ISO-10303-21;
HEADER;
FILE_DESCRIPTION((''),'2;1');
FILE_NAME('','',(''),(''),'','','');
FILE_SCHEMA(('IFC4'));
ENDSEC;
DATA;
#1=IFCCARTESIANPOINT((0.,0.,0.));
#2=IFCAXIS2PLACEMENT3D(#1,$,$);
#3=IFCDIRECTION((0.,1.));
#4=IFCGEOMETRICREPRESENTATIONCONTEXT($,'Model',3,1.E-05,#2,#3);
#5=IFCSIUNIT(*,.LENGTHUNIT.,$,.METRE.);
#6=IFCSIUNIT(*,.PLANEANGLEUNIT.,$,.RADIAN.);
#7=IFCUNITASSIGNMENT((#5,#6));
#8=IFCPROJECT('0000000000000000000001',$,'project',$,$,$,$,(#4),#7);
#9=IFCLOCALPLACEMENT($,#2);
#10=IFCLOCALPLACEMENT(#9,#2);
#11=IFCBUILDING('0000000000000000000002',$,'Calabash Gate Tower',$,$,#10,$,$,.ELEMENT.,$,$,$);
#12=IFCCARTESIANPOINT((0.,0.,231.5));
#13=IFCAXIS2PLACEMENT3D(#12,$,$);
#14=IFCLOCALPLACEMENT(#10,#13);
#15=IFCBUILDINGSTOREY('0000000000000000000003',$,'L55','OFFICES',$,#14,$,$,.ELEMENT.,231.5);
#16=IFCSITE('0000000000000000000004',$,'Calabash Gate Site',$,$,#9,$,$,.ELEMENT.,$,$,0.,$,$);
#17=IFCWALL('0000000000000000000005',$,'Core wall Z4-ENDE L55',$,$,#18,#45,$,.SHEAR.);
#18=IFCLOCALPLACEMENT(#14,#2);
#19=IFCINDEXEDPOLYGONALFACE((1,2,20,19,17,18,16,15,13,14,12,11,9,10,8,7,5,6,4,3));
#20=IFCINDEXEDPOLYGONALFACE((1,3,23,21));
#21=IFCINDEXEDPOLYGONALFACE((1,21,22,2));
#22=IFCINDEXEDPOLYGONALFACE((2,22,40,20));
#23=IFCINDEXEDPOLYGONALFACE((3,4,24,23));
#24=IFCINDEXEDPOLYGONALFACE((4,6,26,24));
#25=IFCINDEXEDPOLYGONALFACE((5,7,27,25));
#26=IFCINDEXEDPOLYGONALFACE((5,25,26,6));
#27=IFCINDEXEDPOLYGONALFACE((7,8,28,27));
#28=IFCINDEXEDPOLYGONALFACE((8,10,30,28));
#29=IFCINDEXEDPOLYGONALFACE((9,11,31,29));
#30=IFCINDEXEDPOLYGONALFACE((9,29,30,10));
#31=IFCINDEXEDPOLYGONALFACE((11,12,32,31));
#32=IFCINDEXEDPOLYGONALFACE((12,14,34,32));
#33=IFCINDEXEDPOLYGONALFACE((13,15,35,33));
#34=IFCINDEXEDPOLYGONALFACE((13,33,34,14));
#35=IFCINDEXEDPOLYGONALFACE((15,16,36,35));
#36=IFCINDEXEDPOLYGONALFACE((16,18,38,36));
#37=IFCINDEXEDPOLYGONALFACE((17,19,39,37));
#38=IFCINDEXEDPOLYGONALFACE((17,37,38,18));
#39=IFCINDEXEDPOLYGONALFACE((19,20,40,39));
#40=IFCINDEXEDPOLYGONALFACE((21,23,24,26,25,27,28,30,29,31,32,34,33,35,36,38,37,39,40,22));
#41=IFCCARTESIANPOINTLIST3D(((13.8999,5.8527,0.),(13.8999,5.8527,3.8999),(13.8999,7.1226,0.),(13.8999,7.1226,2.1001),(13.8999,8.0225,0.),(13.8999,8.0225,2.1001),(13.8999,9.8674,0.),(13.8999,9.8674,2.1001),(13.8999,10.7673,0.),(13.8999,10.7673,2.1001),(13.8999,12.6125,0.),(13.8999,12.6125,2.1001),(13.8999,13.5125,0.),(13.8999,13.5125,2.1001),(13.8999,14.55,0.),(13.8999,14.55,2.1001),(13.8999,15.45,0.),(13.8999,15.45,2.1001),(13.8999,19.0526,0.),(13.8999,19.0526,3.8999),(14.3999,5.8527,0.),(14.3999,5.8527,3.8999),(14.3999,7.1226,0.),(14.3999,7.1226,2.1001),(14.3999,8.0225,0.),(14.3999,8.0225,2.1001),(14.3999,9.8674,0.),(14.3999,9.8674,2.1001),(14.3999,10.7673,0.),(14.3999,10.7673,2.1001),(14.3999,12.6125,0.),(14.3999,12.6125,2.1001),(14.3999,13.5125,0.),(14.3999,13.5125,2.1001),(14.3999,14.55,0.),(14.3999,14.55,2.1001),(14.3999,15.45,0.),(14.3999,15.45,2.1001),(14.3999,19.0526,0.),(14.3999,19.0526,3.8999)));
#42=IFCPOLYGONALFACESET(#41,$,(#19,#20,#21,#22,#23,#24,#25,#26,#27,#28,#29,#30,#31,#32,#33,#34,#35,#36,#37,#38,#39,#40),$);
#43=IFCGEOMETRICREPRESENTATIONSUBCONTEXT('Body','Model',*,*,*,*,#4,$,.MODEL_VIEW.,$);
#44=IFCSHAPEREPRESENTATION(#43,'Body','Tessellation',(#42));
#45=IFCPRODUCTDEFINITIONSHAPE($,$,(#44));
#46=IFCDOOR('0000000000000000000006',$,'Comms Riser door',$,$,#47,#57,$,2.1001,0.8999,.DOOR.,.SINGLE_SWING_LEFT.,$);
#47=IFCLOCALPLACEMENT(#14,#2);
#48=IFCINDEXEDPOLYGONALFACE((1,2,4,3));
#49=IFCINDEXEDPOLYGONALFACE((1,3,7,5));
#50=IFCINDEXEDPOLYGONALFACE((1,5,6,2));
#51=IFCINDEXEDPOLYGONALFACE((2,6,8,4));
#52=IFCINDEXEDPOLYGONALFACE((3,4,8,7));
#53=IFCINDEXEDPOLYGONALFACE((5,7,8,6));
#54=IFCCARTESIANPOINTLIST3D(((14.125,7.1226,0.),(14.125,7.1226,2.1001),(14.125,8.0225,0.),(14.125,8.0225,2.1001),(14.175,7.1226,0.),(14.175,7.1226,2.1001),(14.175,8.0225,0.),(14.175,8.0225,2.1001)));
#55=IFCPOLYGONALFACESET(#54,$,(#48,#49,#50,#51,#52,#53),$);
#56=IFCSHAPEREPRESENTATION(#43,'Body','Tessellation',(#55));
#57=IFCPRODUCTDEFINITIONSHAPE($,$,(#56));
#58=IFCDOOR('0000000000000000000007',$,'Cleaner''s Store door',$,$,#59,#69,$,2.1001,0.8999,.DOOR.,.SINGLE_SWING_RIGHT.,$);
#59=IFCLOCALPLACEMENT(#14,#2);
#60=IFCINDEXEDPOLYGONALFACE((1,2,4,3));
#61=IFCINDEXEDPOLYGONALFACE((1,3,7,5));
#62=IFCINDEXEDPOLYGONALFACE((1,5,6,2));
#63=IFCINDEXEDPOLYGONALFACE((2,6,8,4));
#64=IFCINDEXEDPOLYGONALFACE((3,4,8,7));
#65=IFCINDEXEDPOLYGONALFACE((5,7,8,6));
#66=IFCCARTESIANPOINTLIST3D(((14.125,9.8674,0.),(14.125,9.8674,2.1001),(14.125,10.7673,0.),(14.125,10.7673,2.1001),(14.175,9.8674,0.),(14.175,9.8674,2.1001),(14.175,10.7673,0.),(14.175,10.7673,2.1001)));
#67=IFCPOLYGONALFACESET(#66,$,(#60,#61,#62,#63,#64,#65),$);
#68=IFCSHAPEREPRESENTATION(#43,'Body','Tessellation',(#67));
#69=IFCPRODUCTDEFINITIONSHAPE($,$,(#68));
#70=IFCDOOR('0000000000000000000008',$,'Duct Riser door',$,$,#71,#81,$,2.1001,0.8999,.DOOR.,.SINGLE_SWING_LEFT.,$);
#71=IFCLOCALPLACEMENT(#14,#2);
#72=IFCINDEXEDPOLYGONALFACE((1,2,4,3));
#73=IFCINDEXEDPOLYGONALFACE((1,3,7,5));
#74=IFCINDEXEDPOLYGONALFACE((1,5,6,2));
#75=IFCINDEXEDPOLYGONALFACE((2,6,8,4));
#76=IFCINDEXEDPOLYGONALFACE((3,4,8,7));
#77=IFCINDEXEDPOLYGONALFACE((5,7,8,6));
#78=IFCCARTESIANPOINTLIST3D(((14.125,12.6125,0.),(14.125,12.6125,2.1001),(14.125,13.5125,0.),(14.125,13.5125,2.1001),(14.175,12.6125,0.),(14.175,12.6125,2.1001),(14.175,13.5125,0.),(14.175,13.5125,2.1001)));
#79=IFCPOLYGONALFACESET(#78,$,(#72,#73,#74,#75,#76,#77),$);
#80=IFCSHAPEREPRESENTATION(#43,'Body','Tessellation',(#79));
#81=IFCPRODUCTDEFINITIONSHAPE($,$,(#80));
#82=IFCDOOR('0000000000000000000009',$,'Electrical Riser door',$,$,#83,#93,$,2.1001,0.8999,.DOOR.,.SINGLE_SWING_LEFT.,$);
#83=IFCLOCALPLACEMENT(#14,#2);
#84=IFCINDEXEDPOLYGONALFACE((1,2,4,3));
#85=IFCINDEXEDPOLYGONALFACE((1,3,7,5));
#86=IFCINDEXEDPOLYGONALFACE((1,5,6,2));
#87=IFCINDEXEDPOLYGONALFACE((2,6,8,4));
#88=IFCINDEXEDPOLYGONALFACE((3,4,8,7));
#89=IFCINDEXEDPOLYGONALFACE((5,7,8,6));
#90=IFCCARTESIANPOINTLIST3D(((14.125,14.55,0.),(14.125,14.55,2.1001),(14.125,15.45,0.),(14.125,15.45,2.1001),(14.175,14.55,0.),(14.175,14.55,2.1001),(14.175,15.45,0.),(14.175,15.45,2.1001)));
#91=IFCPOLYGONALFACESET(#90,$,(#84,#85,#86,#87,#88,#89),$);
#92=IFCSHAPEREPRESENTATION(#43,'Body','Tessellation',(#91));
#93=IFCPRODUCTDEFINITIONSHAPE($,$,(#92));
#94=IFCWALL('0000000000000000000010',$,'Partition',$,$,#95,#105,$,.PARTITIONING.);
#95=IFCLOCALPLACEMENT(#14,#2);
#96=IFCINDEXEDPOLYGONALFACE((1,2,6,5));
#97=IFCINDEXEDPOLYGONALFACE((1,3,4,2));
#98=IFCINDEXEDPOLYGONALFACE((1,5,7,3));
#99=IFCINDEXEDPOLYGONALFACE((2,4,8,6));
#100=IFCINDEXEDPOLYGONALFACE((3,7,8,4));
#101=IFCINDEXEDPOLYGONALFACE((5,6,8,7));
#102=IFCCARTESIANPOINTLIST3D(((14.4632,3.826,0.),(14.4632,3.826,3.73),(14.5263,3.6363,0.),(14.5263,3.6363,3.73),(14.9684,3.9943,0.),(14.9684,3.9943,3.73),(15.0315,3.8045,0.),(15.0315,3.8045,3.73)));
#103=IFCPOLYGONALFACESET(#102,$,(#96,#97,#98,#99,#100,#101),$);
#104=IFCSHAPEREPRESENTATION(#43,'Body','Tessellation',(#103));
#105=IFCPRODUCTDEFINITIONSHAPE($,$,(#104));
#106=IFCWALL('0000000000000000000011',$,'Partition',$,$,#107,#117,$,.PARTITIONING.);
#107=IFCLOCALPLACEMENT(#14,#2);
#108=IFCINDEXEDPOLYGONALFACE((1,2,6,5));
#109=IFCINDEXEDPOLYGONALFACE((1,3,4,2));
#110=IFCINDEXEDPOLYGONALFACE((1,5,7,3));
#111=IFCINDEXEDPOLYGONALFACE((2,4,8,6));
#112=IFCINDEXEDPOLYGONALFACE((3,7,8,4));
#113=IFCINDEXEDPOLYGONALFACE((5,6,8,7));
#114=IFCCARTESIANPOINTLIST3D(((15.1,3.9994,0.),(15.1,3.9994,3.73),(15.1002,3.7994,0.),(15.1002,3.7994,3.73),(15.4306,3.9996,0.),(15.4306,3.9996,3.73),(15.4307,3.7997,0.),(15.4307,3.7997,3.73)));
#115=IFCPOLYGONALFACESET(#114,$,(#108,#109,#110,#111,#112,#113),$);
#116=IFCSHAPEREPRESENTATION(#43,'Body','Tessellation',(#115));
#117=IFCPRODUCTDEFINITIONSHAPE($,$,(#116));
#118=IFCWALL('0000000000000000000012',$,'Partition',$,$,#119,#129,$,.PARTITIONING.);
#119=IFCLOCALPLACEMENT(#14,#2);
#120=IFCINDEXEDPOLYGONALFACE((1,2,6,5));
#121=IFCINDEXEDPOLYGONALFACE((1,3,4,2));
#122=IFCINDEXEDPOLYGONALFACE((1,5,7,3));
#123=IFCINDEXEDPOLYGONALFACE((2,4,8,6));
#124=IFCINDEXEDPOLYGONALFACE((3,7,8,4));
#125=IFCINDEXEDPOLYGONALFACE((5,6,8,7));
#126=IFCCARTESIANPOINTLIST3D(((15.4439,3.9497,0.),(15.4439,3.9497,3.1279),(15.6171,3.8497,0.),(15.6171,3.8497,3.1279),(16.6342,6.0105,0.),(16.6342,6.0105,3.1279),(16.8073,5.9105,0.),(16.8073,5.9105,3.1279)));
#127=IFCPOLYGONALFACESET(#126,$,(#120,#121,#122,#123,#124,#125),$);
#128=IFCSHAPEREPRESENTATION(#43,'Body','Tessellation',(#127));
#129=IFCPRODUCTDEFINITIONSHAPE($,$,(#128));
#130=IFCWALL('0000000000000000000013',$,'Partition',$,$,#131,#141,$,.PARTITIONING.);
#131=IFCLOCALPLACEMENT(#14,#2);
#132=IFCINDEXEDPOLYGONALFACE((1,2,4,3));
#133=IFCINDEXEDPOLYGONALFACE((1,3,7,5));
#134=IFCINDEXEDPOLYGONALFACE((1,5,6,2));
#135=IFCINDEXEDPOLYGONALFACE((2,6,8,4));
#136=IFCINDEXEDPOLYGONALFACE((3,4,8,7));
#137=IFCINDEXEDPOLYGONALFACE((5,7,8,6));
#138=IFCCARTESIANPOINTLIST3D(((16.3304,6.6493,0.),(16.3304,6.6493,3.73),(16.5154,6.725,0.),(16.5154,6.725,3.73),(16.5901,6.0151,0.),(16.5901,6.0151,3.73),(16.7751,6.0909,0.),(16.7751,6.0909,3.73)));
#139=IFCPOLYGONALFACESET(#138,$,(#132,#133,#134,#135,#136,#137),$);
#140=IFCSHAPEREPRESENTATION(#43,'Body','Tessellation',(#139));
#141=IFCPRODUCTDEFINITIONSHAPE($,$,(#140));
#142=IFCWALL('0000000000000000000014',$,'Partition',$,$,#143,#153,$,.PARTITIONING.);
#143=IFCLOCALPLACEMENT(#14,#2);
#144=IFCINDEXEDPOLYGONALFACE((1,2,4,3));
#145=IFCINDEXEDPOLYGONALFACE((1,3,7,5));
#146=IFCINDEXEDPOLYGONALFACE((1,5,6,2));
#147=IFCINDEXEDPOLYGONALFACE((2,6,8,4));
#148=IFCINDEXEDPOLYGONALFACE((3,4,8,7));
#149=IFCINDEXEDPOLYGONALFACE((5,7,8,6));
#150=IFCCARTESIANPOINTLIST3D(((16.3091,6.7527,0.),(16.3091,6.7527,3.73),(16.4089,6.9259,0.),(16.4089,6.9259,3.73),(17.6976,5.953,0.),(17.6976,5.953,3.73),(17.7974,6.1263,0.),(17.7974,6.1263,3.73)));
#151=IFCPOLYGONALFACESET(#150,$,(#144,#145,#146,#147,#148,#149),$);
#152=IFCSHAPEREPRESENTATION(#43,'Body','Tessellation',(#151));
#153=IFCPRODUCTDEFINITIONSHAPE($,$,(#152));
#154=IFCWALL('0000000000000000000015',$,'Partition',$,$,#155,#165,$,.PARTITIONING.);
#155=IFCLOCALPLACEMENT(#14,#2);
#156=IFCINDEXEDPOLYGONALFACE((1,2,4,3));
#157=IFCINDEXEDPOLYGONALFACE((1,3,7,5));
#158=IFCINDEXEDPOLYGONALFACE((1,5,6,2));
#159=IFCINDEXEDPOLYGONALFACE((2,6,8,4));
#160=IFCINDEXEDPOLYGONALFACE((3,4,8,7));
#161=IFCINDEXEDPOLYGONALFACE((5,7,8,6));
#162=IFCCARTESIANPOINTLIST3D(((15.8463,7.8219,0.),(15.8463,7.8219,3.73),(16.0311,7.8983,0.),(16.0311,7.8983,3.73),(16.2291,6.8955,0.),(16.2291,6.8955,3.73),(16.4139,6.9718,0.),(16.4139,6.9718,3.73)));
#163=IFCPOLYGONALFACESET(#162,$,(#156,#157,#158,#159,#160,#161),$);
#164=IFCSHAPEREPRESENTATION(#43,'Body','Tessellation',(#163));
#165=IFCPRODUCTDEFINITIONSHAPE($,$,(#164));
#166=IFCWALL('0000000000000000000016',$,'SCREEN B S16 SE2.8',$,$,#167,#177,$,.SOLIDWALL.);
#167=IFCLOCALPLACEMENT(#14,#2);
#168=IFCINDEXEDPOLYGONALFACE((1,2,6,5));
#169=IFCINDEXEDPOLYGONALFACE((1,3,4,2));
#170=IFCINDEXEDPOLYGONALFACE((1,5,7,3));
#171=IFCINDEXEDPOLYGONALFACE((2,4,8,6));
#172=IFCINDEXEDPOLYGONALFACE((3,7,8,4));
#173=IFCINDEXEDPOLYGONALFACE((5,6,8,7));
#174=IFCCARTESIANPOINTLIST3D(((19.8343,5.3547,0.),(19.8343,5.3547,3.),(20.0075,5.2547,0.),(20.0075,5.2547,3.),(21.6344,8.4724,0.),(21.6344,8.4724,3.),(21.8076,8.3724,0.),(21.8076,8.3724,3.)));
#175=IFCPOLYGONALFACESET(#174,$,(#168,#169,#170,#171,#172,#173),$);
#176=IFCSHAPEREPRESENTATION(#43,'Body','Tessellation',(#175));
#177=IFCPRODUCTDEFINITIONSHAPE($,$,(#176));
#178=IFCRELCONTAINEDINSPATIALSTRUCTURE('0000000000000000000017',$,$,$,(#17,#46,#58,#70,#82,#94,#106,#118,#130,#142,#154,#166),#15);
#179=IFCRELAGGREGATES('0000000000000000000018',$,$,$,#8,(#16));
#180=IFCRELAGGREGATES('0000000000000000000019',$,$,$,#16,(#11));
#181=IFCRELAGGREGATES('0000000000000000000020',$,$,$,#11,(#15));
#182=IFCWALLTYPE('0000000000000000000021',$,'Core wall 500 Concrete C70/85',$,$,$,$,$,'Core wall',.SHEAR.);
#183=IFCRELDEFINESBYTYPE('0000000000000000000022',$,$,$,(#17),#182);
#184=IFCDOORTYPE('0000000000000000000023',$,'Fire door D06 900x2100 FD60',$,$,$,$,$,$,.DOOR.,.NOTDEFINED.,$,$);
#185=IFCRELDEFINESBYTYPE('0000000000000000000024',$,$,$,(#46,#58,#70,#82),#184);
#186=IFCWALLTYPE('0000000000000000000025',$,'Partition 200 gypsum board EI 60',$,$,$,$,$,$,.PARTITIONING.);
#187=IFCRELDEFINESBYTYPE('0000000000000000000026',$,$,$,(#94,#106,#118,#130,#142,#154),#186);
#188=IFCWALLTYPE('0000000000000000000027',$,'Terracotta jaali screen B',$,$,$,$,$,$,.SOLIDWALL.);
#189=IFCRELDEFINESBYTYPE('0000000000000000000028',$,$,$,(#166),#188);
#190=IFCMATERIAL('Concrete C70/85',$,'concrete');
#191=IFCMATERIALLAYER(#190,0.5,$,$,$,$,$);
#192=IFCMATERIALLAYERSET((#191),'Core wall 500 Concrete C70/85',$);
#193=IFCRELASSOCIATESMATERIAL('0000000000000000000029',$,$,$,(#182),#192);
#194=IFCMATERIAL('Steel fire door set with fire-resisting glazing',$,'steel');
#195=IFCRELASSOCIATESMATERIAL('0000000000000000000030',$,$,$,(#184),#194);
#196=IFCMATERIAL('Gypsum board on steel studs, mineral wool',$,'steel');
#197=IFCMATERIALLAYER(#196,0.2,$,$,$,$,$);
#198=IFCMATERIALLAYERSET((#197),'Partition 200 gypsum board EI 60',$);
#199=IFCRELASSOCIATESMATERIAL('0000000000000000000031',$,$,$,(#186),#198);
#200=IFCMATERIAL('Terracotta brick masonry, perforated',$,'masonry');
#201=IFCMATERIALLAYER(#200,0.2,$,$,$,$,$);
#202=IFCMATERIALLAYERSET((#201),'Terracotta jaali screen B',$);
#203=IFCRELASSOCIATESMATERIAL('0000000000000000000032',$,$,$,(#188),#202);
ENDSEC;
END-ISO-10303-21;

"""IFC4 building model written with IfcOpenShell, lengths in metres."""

from ifc_helpers import new_model, si_unit, direction, frame, frame_2d, origin, place, context, subcontext, project, spatial, rectangle, extrude, material, layer, layer_set, type_object, element, fill, save


model = new_model("IFC4")

# Units and contexts
model_context = context("Model", 3, precision=1e-05, world=origin(), true_north=direction((0.0, 1.0)))
body_context = subcontext(model_context, "Body", "Model", "MODEL_VIEW")
ifc_project = project(units=[si_unit("LENGTHUNIT", "METRE"), si_unit("PLANEANGLEUNIT", "RADIAN")], contexts=[model_context])

# Site, building, storey
site_placement = place(None, origin())
site = spatial("IfcSite", under=ifc_project, at=site_placement, Name="Calabash Gate Site", CompositionType="ELEMENT", RefElevation=0.0)
building_placement = place(site_placement, origin())
building = spatial("IfcBuilding", under=site, at=building_placement, Name="Calabash Gate Tower", CompositionType="ELEMENT")
storey_placement = place(building_placement, frame((0.0, 0.0, 231.5)))
storey = spatial("IfcBuildingStorey", under=building, at=storey_placement, Name="L55", Description="OFFICES", CompositionType="ELEMENT", Elevation=231.5)

# Wall, openings, doors
ifc_material_1 = material(Name="Concrete C70/85", Category="concrete")
ifc_layer_1 = layer(ifc_material_1, 0.5)
ifc_layer_set_1 = layer_set([ifc_layer_1], Name="Core wall 500 Concrete C70/85")
wall_type_1 = type_object("IfcWallType", Name="Core wall 500 Concrete C70/85", ElementType="Core wall", PredefinedType="SHEAR", material=ifc_layer_set_1)
wall_1_placement = place(storey_placement, frame((14.1499, 5.8525, 0.0), z_axis=(0.0, 0.0, 1.0), x_axis=(0.0, 1.0, 0.0)))
wall_1 = element("IfcWall", 1, at=wall_1_placement, inside=storey, type_object=wall_type_1, Name="Core wall Z4-ENDE L55", PredefinedType="SHEAR", context=body_context, shape_type="SweptSolid", body=[
    extrude(rectangle(XDim=13.2, YDim=0.5, at=frame_2d((6.6001, 0.0))), origin(), (0.0, 0.0, 1.0), 3.8999),
])
opening_1_placement = place(wall_1_placement, frame((1.27, 0.0, 0.0)))
opening_1 = element("IfcOpeningElement", 2, at=opening_1_placement, cuts=wall_1, PredefinedType="OPENING", context=body_context, shape_type="SweptSolid", body=[
    extrude(rectangle(XDim=0.8999, YDim=2.1001, at=frame_2d((0.45, 1.05))), frame((0.0, 0.26, 0.0), z_axis=(0.0, -1.0, 0.0), x_axis=(1.0, 0.0, 0.0)), (0.0, 0.0, 1.0), 0.52),
])
opening_2_placement = place(wall_1_placement, frame((4.0149, 0.0, 0.0)))
opening_2 = element("IfcOpeningElement", 3, at=opening_2_placement, cuts=wall_1, PredefinedType="OPENING", context=body_context, shape_type="SweptSolid", body=[
    extrude(rectangle(XDim=0.8999, YDim=2.1001, at=frame_2d((0.45, 1.05))), frame((0.0, 0.26, 0.0), z_axis=(0.0, -1.0, 0.0), x_axis=(1.0, 0.0, 0.0)), (0.0, 0.0, 1.0), 0.52),
])
opening_3_placement = place(wall_1_placement, frame((6.76, 0.0, 0.0)))
opening_3 = element("IfcOpeningElement", 4, at=opening_3_placement, cuts=wall_1, PredefinedType="OPENING", context=body_context, shape_type="SweptSolid", body=[
    extrude(rectangle(XDim=0.8999, YDim=2.1001, at=frame_2d((0.45, 1.05))), frame((0.0, 0.26, 0.0), z_axis=(0.0, -1.0, 0.0), x_axis=(1.0, 0.0, 0.0)), (0.0, 0.0, 1.0), 0.52),
])
opening_4_placement = place(wall_1_placement, frame((8.6975, 0.0, 0.0)))
opening_4 = element("IfcOpeningElement", 5, at=opening_4_placement, cuts=wall_1, PredefinedType="OPENING", context=body_context, shape_type="SweptSolid", body=[
    extrude(rectangle(XDim=0.8999, YDim=2.1001, at=frame_2d((0.45, 1.05))), frame((0.0, 0.26, 0.0), z_axis=(0.0, -1.0, 0.0), x_axis=(1.0, 0.0, 0.0)), (0.0, 0.0, 1.0), 0.52),
])
ifc_material_2 = material(Name="Steel fire door set with fire-resisting glazing", Category="steel")
door_type_1 = type_object("IfcDoorType", Name="Fire door D06 900x2100 FD60", OperationType="NOTDEFINED", PredefinedType="DOOR", material=ifc_material_2)
door_1_placement = place(opening_1_placement, origin())
door_1 = element("IfcDoor", 6, at=door_1_placement, inside=storey, type_object=door_type_1, Name="Comms Riser door", OperationType="SINGLE_SWING_LEFT", OverallHeight=2.1001, OverallWidth=0.8999, PredefinedType="DOOR", context=body_context, shape_type="SweptSolid", body=[
    extrude(rectangle(XDim=0.8999, YDim=2.1001, at=frame_2d((0.45, 1.05))), frame((0.0, 0.0249, 0.0), z_axis=(0.0, -1.0, 0.0), x_axis=(1.0, 0.0, 0.0)), (0.0, 0.0, 1.0), 0.05),
])
fill(opening_1, door_1)
door_2_placement = place(opening_2_placement, origin())
door_2 = element("IfcDoor", 7, at=door_2_placement, inside=storey, type_object=door_type_1, Name="Cleaner's Store door", OperationType="SINGLE_SWING_RIGHT", OverallHeight=2.1001, OverallWidth=0.8999, PredefinedType="DOOR", context=body_context, shape_type="SweptSolid", body=[
    extrude(rectangle(XDim=0.8999, YDim=2.1001, at=frame_2d((0.45, 1.05))), frame((0.0, 0.0249, 0.0), z_axis=(0.0, -1.0, 0.0), x_axis=(1.0, 0.0, 0.0)), (0.0, 0.0, 1.0), 0.05),
])
fill(opening_2, door_2)
door_3_placement = place(opening_3_placement, origin())
door_3 = element("IfcDoor", 8, at=door_3_placement, inside=storey, type_object=door_type_1, Name="Duct Riser door", OperationType="SINGLE_SWING_LEFT", OverallHeight=2.1001, OverallWidth=0.8999, PredefinedType="DOOR", context=body_context, shape_type="SweptSolid", body=[
    extrude(rectangle(XDim=0.8999, YDim=2.1001, at=frame_2d((0.45, 1.05))), frame((0.0, 0.0249, 0.0), z_axis=(0.0, -1.0, 0.0), x_axis=(1.0, 0.0, 0.0)), (0.0, 0.0, 1.0), 0.05),
])
fill(opening_3, door_3)
door_4_placement = place(opening_4_placement, origin())
door_4 = element("IfcDoor", 9, at=door_4_placement, inside=storey, type_object=door_type_1, Name="Electrical Riser door", OperationType="SINGLE_SWING_LEFT", OverallHeight=2.1001, OverallWidth=0.8999, PredefinedType="DOOR", context=body_context, shape_type="SweptSolid", body=[
    extrude(rectangle(XDim=0.8999, YDim=2.1001, at=frame_2d((0.45, 1.05))), frame((0.0, 0.0249, 0.0), z_axis=(0.0, -1.0, 0.0), x_axis=(1.0, 0.0, 0.0)), (0.0, 0.0, 1.0), 0.05),
])
fill(opening_4, door_4)

# Walls
ifc_material_3 = material(Name="Gypsum board on steel studs, mineral wool", Category="steel")
ifc_layer_2 = layer(ifc_material_3, 0.2)
ifc_layer_set_2 = layer_set([ifc_layer_2], Name="Partition 200 gypsum board EI 60")
wall_type_2 = type_object("IfcWallType", Name="Partition 200 gypsum board EI 60", PredefinedType="PARTITIONING", material=ifc_layer_set_2)
wall_2_placement = place(storey_placement, frame((14.4949, 3.7312, 0.0), z_axis=(0.0, 0.0, 1.0), x_axis=(0.948775, 0.315953, 0.0)))
element("IfcWall", 10, at=wall_2_placement, inside=storey, type_object=wall_type_2, Name="Partition", PredefinedType="PARTITIONING", context=body_context, shape_type="SweptSolid", body=[
    extrude(rectangle(XDim=0.5325, YDim=0.2, at=frame_2d((0.2661, 0.0))), origin(), (0.0, 0.0, 1.0), 3.73),
])
wall_3_placement = place(storey_placement, frame((15.1001, 3.8994, 0.0), z_axis=(0.0, 0.0, 1.0), x_axis=(1.0, 0.000739, 0.0)))
element("IfcWall", 11, at=wall_3_placement, inside=storey, type_object=wall_type_2, Name="Partition", PredefinedType="PARTITIONING", context=body_context, shape_type="SweptSolid", body=[
    extrude(rectangle(XDim=0.3306, YDim=0.2, at=frame_2d((0.1653, 0.0))), origin(), (0.0, 0.0, 1.0), 3.73),
])
wall_4_placement = place(storey_placement, frame((15.5305, 3.8997, 0.0), z_axis=(0.0, 0.0, 1.0), x_axis=(0.500122, 0.865955, 0.0)))
element("IfcWall", 12, at=wall_4_placement, inside=storey, type_object=wall_type_2, Name="Partition", PredefinedType="PARTITIONING", context=body_context, shape_type="SweptSolid", body=[
    extrude(rectangle(XDim=2.3799, YDim=0.2, at=frame_2d((1.1899, 0.0))), origin(), (0.0, 0.0, 1.0), 3.1279),
])
wall_5_placement = place(storey_placement, frame((16.4229, 6.6873, 0.0), z_axis=(0.0, 0.0, 1.0), x_axis=(0.378993, -0.925399, 0.0)))
element("IfcWall", 13, at=wall_5_placement, inside=storey, type_object=wall_type_2, Name="Partition", PredefinedType="PARTITIONING", context=body_context, shape_type="SweptSolid", body=[
    extrude(rectangle(XDim=0.6853, YDim=0.2, at=frame_2d((0.3428, 0.0))), origin(), (0.0, 0.0, 1.0), 3.73),
])
wall_6_placement = place(storey_placement, frame((16.3589, 6.8394, 0.0), z_axis=(0.0, 0.0, 1.0), x_axis=(0.866579, -0.499041, 0.0)))
element("IfcWall", 14, at=wall_6_placement, inside=storey, type_object=wall_type_2, Name="Partition", PredefinedType="PARTITIONING", context=body_context, shape_type="SweptSolid", body=[
    extrude(rectangle(XDim=1.6023, YDim=0.2, at=frame_2d((0.8013, 0.0))), origin(), (0.0, 0.0, 1.0), 3.73),
])
wall_7_placement = place(storey_placement, frame((15.9387, 7.8601, 0.0), z_axis=(0.0, 0.0, 1.0), x_axis=(0.381864, -0.924218, 0.0)))
element("IfcWall", 15, at=wall_7_placement, inside=storey, type_object=wall_type_2, Name="Partition", PredefinedType="PARTITIONING", context=body_context, shape_type="SweptSolid", body=[
    extrude(rectangle(XDim=1.0024, YDim=0.2, at=frame_2d((0.5012, 0.0))), origin(), (0.0, 0.0, 1.0), 3.73),
])

# Wall
ifc_material_4 = material(Name="Terracotta brick masonry, perforated", Category="masonry")
ifc_layer_3 = layer(ifc_material_4, 0.2)
ifc_layer_set_3 = layer_set([ifc_layer_3], Name="Terracotta jaali screen B")
wall_type_3 = type_object("IfcWallType", Name="Terracotta jaali screen B", PredefinedType="SOLIDWALL", material=ifc_layer_set_3)
wall_8_placement = place(storey_placement, frame((19.9209, 5.3047, 0.0), z_axis=(0.0, 0.0, 1.0), x_axis=(0.500012, 0.866018, 0.0)))
element("IfcWall", 16, at=wall_8_placement, inside=storey, type_object=wall_type_3, Name="SCREEN B S16 SE2.8", PredefinedType="SOLIDWALL", context=body_context, shape_type="SweptSolid", body=[
    extrude(rectangle(XDim=3.6001, YDim=0.2, at=frame_2d((1.8, 0.0))), origin(), (0.0, 0.0, 1.0), 3.0),
])

save(model, "model.ifc")
